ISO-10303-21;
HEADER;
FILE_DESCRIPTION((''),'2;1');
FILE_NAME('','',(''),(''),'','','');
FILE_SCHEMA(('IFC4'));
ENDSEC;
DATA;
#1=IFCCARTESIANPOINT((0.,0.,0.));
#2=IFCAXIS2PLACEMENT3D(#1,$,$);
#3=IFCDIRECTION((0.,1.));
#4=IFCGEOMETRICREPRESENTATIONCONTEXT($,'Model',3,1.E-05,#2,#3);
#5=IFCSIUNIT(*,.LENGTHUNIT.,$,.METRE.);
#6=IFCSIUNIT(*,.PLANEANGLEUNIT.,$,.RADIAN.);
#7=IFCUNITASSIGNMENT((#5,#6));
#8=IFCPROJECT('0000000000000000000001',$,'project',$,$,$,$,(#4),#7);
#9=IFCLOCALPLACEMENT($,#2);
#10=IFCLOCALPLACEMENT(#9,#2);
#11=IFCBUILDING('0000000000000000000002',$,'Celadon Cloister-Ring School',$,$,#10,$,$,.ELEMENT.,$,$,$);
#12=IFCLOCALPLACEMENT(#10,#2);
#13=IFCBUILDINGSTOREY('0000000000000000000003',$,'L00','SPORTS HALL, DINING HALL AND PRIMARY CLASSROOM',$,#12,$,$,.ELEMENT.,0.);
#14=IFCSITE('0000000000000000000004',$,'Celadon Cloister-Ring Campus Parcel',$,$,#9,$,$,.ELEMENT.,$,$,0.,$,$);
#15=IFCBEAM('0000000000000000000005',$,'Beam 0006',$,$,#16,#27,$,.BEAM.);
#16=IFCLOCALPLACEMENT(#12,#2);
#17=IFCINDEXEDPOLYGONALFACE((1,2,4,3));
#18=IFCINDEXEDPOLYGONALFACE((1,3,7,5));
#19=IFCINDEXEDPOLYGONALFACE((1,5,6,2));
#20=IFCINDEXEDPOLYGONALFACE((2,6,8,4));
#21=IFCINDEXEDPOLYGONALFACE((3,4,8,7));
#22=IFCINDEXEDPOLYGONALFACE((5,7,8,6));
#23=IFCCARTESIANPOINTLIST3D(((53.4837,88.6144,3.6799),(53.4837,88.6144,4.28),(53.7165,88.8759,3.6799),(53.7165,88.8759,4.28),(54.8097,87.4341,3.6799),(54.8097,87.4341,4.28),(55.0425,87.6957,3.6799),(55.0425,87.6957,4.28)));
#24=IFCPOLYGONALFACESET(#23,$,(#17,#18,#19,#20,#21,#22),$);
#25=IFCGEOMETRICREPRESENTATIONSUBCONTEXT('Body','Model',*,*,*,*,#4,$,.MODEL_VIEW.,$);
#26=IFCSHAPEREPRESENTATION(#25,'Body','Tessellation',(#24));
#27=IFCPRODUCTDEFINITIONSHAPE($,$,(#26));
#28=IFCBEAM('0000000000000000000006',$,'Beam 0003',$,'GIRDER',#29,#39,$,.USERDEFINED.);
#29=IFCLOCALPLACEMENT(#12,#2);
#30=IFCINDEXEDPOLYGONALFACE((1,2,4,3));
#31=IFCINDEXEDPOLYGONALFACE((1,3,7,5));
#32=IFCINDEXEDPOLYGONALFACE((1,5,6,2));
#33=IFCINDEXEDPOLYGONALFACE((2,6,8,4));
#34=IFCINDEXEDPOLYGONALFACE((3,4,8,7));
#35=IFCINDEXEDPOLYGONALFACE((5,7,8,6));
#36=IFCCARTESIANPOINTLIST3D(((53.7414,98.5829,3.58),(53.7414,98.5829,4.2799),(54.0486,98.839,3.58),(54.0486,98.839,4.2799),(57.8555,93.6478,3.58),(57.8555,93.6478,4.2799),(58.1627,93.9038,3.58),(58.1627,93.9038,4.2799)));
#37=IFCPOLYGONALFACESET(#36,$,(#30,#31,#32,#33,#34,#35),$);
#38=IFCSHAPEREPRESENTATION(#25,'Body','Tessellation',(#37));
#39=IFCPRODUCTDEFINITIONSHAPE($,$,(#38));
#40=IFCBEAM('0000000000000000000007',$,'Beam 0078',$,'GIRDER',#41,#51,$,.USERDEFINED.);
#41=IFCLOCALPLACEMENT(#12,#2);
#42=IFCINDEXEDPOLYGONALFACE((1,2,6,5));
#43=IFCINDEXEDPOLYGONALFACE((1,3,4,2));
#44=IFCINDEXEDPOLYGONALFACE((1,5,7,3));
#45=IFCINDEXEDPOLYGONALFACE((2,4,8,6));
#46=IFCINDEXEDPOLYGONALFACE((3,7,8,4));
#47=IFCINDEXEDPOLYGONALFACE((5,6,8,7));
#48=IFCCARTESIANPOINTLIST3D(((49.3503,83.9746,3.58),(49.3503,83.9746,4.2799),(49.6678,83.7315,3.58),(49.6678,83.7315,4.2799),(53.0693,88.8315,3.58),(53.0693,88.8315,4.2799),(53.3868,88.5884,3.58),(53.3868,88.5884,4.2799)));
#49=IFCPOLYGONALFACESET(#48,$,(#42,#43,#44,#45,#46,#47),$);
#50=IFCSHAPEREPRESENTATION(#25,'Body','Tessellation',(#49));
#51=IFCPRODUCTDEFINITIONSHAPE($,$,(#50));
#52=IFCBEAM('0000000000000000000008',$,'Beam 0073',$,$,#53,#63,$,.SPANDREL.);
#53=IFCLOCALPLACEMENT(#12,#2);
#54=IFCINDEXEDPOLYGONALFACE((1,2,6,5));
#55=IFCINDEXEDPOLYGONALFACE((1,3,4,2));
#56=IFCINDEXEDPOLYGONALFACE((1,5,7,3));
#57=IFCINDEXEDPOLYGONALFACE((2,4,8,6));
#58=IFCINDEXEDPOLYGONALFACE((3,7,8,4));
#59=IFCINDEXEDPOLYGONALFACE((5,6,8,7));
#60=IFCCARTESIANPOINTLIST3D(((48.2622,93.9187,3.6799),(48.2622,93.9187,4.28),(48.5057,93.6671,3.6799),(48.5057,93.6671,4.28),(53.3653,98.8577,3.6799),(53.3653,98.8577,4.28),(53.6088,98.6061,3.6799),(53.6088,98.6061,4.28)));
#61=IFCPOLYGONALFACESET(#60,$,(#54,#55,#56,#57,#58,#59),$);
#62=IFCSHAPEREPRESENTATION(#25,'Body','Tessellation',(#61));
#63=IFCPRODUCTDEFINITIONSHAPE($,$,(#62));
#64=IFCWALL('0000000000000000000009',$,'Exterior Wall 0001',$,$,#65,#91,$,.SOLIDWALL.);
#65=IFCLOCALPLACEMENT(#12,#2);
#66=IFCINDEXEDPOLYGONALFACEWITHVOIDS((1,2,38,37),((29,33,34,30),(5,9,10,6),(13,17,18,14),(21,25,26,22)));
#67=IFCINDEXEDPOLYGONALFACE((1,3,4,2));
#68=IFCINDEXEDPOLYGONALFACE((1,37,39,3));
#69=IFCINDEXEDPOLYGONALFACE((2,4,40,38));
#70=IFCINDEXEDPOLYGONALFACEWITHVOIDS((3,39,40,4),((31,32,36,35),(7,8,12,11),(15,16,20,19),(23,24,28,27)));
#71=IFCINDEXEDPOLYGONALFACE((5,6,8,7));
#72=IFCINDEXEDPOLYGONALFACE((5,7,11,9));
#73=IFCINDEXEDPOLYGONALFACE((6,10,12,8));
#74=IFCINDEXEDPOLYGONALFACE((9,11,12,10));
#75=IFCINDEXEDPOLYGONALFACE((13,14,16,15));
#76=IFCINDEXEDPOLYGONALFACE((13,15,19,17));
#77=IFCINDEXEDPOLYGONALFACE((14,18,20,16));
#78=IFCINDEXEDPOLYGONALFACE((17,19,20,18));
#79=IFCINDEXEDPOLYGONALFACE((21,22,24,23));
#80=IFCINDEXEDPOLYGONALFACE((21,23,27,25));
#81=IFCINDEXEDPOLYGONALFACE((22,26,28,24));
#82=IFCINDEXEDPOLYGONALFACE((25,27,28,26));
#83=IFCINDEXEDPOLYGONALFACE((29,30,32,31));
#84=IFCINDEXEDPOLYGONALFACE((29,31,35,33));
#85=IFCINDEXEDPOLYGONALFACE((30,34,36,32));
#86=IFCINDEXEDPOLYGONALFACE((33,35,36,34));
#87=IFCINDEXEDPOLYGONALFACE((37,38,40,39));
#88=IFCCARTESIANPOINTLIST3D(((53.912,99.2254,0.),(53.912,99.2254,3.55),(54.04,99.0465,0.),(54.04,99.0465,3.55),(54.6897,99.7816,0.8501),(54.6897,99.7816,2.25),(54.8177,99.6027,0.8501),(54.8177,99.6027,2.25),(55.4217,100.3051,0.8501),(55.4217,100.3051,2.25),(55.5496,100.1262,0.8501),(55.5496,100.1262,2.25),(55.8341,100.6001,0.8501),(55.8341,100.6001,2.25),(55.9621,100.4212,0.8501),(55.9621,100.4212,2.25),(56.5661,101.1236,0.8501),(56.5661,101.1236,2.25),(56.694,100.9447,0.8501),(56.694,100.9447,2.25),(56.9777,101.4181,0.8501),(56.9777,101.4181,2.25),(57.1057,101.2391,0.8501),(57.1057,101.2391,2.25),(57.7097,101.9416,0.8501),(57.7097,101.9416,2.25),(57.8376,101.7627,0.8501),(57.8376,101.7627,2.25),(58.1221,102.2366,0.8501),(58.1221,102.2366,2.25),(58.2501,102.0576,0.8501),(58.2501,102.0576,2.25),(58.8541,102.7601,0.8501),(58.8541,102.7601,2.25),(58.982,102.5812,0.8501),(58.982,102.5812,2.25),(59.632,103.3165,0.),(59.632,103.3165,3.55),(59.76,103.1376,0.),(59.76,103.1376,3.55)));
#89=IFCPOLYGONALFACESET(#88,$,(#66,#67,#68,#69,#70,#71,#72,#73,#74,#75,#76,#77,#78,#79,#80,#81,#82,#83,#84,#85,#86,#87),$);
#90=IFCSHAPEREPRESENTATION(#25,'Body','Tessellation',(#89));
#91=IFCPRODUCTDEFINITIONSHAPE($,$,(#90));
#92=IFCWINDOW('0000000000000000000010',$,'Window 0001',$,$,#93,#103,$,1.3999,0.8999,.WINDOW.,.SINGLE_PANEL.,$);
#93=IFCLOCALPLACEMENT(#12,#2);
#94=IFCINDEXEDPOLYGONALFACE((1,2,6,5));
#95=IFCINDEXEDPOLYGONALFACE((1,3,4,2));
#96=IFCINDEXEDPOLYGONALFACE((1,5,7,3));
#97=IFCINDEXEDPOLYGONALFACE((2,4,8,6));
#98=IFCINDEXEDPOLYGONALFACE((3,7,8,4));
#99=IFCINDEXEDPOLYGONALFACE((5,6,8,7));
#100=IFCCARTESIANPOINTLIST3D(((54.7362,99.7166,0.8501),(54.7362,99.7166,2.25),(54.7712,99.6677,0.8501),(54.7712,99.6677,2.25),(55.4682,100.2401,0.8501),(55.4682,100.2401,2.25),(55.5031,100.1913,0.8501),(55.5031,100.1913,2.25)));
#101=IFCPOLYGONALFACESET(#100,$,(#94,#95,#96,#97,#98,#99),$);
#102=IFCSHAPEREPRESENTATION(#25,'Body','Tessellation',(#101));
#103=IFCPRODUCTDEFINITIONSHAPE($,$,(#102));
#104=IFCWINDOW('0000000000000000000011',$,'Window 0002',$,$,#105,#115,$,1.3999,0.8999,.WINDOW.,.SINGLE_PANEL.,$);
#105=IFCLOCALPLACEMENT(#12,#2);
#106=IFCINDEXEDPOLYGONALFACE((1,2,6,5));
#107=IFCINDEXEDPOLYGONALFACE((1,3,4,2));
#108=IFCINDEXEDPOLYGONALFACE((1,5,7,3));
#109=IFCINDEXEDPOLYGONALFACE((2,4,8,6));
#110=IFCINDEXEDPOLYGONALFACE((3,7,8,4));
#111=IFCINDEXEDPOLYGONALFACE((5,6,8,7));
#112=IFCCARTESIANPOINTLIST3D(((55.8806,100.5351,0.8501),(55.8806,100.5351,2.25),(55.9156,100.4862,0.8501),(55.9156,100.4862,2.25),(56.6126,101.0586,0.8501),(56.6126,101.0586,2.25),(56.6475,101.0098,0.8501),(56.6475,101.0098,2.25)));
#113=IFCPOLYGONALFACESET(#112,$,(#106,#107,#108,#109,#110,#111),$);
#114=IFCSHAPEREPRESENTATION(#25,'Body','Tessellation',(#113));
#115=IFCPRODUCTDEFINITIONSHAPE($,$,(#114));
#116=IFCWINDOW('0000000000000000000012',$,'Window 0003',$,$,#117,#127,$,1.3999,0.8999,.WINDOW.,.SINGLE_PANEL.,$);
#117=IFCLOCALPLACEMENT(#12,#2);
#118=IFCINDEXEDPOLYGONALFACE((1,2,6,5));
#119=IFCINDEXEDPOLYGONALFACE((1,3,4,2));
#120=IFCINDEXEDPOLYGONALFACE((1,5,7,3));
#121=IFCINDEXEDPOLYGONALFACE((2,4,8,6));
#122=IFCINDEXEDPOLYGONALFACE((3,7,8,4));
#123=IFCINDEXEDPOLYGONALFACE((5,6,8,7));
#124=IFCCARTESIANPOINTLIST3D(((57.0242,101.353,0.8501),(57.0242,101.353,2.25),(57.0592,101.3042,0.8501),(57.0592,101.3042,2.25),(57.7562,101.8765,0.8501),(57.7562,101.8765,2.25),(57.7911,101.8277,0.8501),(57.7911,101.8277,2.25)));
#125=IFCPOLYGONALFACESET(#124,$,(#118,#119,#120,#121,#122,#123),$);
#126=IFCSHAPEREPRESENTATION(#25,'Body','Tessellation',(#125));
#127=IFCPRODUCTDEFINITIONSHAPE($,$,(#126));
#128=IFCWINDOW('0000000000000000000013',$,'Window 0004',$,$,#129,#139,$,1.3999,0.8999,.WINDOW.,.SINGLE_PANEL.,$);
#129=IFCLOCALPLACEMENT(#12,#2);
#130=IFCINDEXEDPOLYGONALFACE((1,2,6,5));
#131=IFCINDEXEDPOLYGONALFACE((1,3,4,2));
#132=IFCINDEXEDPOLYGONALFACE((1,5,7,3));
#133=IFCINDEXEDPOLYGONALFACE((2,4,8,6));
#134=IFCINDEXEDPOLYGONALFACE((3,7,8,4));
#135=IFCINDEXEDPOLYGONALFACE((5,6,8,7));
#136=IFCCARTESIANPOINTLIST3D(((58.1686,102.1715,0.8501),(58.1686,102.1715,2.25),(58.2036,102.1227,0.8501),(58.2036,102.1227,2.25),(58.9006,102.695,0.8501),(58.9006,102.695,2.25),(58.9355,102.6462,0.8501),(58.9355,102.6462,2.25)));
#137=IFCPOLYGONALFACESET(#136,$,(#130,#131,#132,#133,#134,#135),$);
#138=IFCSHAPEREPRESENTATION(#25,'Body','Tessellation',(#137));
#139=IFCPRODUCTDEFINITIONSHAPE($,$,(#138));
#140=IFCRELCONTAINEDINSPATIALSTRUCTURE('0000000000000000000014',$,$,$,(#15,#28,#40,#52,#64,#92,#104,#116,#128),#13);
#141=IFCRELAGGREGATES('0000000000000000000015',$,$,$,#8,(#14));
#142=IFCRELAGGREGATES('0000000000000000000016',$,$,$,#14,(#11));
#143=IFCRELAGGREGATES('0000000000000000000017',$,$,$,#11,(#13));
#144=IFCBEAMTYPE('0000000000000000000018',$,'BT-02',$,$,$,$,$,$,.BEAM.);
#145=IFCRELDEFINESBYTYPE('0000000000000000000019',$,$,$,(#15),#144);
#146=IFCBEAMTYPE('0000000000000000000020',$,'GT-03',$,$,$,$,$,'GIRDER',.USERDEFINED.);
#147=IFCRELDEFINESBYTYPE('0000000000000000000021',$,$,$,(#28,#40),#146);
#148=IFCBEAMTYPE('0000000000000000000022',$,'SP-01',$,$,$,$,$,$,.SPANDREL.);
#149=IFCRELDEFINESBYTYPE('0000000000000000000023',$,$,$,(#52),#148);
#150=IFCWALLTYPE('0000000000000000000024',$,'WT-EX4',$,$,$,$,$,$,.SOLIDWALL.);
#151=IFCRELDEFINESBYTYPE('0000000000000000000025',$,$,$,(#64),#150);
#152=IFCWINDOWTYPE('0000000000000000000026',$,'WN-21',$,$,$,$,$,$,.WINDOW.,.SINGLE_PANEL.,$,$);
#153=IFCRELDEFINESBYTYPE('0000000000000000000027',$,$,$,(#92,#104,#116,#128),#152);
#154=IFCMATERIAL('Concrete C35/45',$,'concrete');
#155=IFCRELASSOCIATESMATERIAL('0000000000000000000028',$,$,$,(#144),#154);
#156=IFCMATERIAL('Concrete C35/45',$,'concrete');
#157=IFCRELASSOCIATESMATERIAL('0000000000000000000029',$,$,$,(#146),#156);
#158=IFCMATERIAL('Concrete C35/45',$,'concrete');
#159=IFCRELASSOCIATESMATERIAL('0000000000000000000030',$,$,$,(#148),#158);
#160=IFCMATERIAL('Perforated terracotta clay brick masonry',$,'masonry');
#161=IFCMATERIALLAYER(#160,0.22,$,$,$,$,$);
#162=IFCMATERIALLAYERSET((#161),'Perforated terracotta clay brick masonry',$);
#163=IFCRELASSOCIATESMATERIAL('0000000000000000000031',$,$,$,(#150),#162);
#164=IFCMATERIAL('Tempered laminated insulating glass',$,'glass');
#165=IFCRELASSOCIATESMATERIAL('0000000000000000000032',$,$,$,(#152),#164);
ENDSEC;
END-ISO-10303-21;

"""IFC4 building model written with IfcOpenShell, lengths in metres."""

from ifc_helpers import new_model, si_unit, direction, frame, frame_2d, origin, origin_2d, place, context, subcontext, project, spatial, rectangle, extrude, material, layer, layer_set, material_profile, profile_set, type_object, element, fill, save


model = new_model("IFC4")

# Units and contexts
model_context = context("Model", 3, precision=1e-05, world=origin(), true_north=direction((0.0, 1.0)))
body_context = subcontext(model_context, "Body", "Model", "MODEL_VIEW")
ifc_project = project(units=[si_unit("LENGTHUNIT", "METRE"), si_unit("PLANEANGLEUNIT", "RADIAN")], contexts=[model_context])

# Site, building, storey
site_placement = place(None, origin())
site = spatial("IfcSite", under=ifc_project, at=site_placement, Name="Celadon Cloister-Ring Campus Parcel", CompositionType="ELEMENT", RefElevation=0.0)
building_placement = place(site_placement, origin())
building = spatial("IfcBuilding", under=site, at=building_placement, Name="Celadon Cloister-Ring School", CompositionType="ELEMENT")
storey_placement = place(building_placement, origin())
storey = spatial("IfcBuildingStorey", under=building, at=storey_placement, Name="L00", Description="SPORTS HALL, DINING HALL AND PRIMARY CLASSROOM", CompositionType="ELEMENT", Elevation=0.0)

# Beams
ifc_material_1 = material(Name="Concrete C35/45", Category="concrete")
ifc_material_profile_1 = material_profile(ifc_material_1, rectangle(XDim=0.3501, YDim=0.6001, at=origin_2d()), Name="RC350X600")
ifc_profile_set_1 = profile_set([ifc_material_profile_1], Name="Concrete C35/45")
beam_type_1 = type_object("IfcBeamType", Name="BT-02", PredefinedType="BEAM", material=ifc_profile_set_1)
beam_1_placement = place(storey_placement, frame((53.6001, 88.7451, 3.98), z_axis=(0.746969, -0.664859, 0.0), x_axis=(0.664859, 0.746969, 0.0)))
element("IfcBeam", 1, at=beam_1_placement, inside=storey, type_object=beam_type_1, Name="Beam 0006", PredefinedType="BEAM", context=body_context, shape_type="SweptSolid", body=[
    extrude(rectangle(XDim=0.3501, YDim=0.6001, at=origin_2d()), origin(), (0.0, 0.0, 1.0), 1.7751),
])
ifc_material_2 = material(Name="Concrete C35/45", Category="concrete")
ifc_material_profile_2 = material_profile(ifc_material_2, rectangle(XDim=0.3999, YDim=0.7, at=origin_2d()), Name="RC400X700")
ifc_profile_set_2 = profile_set([ifc_material_profile_2], Name="Concrete C35/45")
beam_type_2 = type_object("IfcBeamType", Name="GT-03", ElementType="GIRDER", PredefinedType="USERDEFINED", material=ifc_profile_set_2)
beam_2_placement = place(storey_placement, frame((53.895, 98.7109, 3.9299), z_axis=(0.640319, -0.768109, 0.0), x_axis=(0.768109, 0.640319, 0.0)))
element("IfcBeam", 2, at=beam_2_placement, inside=storey, type_object=beam_type_2, Name="Beam 0003", ObjectType="GIRDER", PredefinedType="USERDEFINED", context=body_context, shape_type="SweptSolid", body=[
    extrude(rectangle(XDim=0.3999, YDim=0.7, at=origin_2d()), origin(), (0.0, 0.0, 1.0), 6.425),
])
beam_3_placement = place(storey_placement, frame((53.228, 88.71, 3.9299), z_axis=(-0.607952, -0.793974, 0.0), x_axis=(0.793974, -0.607952, 0.0)))
element("IfcBeam", 3, at=beam_3_placement, inside=storey, type_object=beam_type_2, Name="Beam 0078", ObjectType="GIRDER", PredefinedType="USERDEFINED", context=body_context, shape_type="SweptSolid", body=[
    extrude(rectangle(XDim=0.3999, YDim=0.7, at=origin_2d()), origin(), (0.0, 0.0, 1.0), 6.1172),
])
ifc_material_3 = material(Name="Concrete C35/45", Category="concrete")
ifc_material_profile_3 = material_profile(ifc_material_3, rectangle(XDim=0.3501, YDim=0.6001, at=origin_2d()), Name="RC350X600")
ifc_profile_set_3 = profile_set([ifc_material_profile_3], Name="Concrete C35/45")
beam_type_3 = type_object("IfcBeamType", Name="SP-01", PredefinedType="SPANDREL", material=ifc_profile_set_3)
beam_4_placement = place(storey_placement, frame((53.4871, 98.7319, 3.98), z_axis=(-0.718563, -0.695462, 0.0), x_axis=(0.695462, -0.718563, 0.0)))
element("IfcBeam", 4, at=beam_4_placement, inside=storey, type_object=beam_type_3, Name="Beam 0073", PredefinedType="SPANDREL", context=body_context, shape_type="SweptSolid", body=[
    extrude(rectangle(XDim=0.3501, YDim=0.6001, at=origin_2d()), origin(), (0.0, 0.0, 1.0), 7.1018),
])

# Wall, openings, windows
ifc_material_4 = material(Name="Perforated terracotta clay brick masonry", Category="masonry")
ifc_layer_1 = layer(ifc_material_4, 0.22)
ifc_layer_set_1 = layer_set([ifc_layer_1], Name="Perforated terracotta clay brick masonry")
wall_type_1 = type_object("IfcWallType", Name="WT-EX4", PredefinedType="SOLIDWALL", material=ifc_layer_set_1)
wall_1_placement = place(storey_placement, frame((53.9761, 99.136, 0.0), z_axis=(0.0, 0.0, 1.0), x_axis=(0.813372, 0.581744, 0.0)))
wall_1 = element("IfcWall", 5, at=wall_1_placement, inside=storey, type_object=wall_type_1, Name="Exterior Wall 0001", PredefinedType="SOLIDWALL", context=body_context, shape_type="SweptSolid", body=[
    extrude(rectangle(XDim=7.0325, YDim=0.22, at=frame_2d((3.5161, 0.0))), origin(), (0.0, 0.0, 1.0), 3.55),
])
opening_1_placement = place(wall_1_placement, frame((0.9561, 0.0, 0.8501)))
opening_1 = element("IfcOpeningElement", 6, at=opening_1_placement, cuts=wall_1, PredefinedType="OPENING", context=body_context, shape_type="SweptSolid", body=[
    extrude(rectangle(XDim=0.8999, YDim=1.3999, at=frame_2d((0.45, 0.7))), frame((0.0, 0.1201, 0.0), z_axis=(0.0, -1.0, 0.0), x_axis=(1.0, 0.0, 0.0)), (0.0, 0.0, 1.0), 0.24),
])
opening_2_placement = place(wall_1_placement, frame((2.363, 0.0, 0.8501)))
opening_2 = element("IfcOpeningElement", 7, at=opening_2_placement, cuts=wall_1, PredefinedType="OPENING", context=body_context, shape_type="SweptSolid", body=[
    extrude(rectangle(XDim=0.8999, YDim=1.3999, at=frame_2d((0.45, 0.7))), frame((0.0, 0.1201, 0.0), z_axis=(0.0, -1.0, 0.0), x_axis=(1.0, 0.0, 0.0)), (0.0, 0.0, 1.0), 0.24),
])
opening_3_placement = place(wall_1_placement, frame((3.769, 0.0, 0.8501)))
opening_3 = element("IfcOpeningElement", 8, at=opening_3_placement, cuts=wall_1, PredefinedType="OPENING", context=body_context, shape_type="SweptSolid", body=[
    extrude(rectangle(XDim=0.8999, YDim=1.3999, at=frame_2d((0.45, 0.7))), frame((0.0, 0.1201, 0.0), z_axis=(0.0, -1.0, 0.0), x_axis=(1.0, 0.0, 0.0)), (0.0, 0.0, 1.0), 0.24),
])
opening_4_placement = place(wall_1_placement, frame((5.176, 0.0, 0.8501)))
opening_4 = element("IfcOpeningElement", 9, at=opening_4_placement, cuts=wall_1, PredefinedType="OPENING", context=body_context, shape_type="SweptSolid", body=[
    extrude(rectangle(XDim=0.8999, YDim=1.3999, at=frame_2d((0.45, 0.7))), frame((0.0, 0.1201, 0.0), z_axis=(0.0, -1.0, 0.0), x_axis=(1.0, 0.0, 0.0)), (0.0, 0.0, 1.0), 0.24),
])
ifc_material_5 = material(Name="Tempered laminated insulating glass", Category="glass")
window_type = type_object("IfcWindowType", Name="WN-21", PartitioningType="SINGLE_PANEL", PredefinedType="WINDOW", material=ifc_material_5)
window_1_placement = place(opening_1_placement, origin())
window_1 = element("IfcWindow", 10, at=window_1_placement, inside=storey, type_object=window_type, Name="Window 0001", OverallHeight=1.3999, OverallWidth=0.8999, PartitioningType="SINGLE_PANEL", PredefinedType="WINDOW", context=body_context, shape_type="SweptSolid", body=[
    extrude(rectangle(XDim=0.8999, YDim=1.3999, at=frame_2d((0.45, 0.7))), frame((0.0, 0.03, 0.0), z_axis=(0.0, -1.0, 0.0), x_axis=(1.0, 0.0, 0.0)), (0.0, 0.0, 1.0), 0.0601),
])
fill(opening_1, window_1)
window_2_placement = place(opening_2_placement, origin())
window_2 = element("IfcWindow", 11, at=window_2_placement, inside=storey, type_object=window_type, Name="Window 0002", OverallHeight=1.3999, OverallWidth=0.8999, PartitioningType="SINGLE_PANEL", PredefinedType="WINDOW", context=body_context, shape_type="SweptSolid", body=[
    extrude(rectangle(XDim=0.8999, YDim=1.3999, at=frame_2d((0.45, 0.7))), frame((0.0, 0.03, 0.0), z_axis=(0.0, -1.0, 0.0), x_axis=(1.0, 0.0, 0.0)), (0.0, 0.0, 1.0), 0.0601),
])
fill(opening_2, window_2)
window_3_placement = place(opening_3_placement, origin())
window_3 = element("IfcWindow", 12, at=window_3_placement, inside=storey, type_object=window_type, Name="Window 0003", OverallHeight=1.3999, OverallWidth=0.8999, PartitioningType="SINGLE_PANEL", PredefinedType="WINDOW", context=body_context, shape_type="SweptSolid", body=[
    extrude(rectangle(XDim=0.8999, YDim=1.3999, at=frame_2d((0.45, 0.7))), frame((0.0, 0.03, 0.0), z_axis=(0.0, -1.0, 0.0), x_axis=(1.0, 0.0, 0.0)), (0.0, 0.0, 1.0), 0.0601),
])
fill(opening_3, window_3)
window_4_placement = place(opening_4_placement, origin())
window_4 = element("IfcWindow", 13, at=window_4_placement, inside=storey, type_object=window_type, Name="Window 0004", OverallHeight=1.3999, OverallWidth=0.8999, PartitioningType="SINGLE_PANEL", PredefinedType="WINDOW", context=body_context, shape_type="SweptSolid", body=[
    extrude(rectangle(XDim=0.8999, YDim=1.3999, at=frame_2d((0.45, 0.7))), frame((0.0, 0.03, 0.0), z_axis=(0.0, -1.0, 0.0), x_axis=(1.0, 0.0, 0.0)), (0.0, 0.0, 1.0), 0.0601),
])
fill(opening_4, window_4)

save(model, "model.ifc")
